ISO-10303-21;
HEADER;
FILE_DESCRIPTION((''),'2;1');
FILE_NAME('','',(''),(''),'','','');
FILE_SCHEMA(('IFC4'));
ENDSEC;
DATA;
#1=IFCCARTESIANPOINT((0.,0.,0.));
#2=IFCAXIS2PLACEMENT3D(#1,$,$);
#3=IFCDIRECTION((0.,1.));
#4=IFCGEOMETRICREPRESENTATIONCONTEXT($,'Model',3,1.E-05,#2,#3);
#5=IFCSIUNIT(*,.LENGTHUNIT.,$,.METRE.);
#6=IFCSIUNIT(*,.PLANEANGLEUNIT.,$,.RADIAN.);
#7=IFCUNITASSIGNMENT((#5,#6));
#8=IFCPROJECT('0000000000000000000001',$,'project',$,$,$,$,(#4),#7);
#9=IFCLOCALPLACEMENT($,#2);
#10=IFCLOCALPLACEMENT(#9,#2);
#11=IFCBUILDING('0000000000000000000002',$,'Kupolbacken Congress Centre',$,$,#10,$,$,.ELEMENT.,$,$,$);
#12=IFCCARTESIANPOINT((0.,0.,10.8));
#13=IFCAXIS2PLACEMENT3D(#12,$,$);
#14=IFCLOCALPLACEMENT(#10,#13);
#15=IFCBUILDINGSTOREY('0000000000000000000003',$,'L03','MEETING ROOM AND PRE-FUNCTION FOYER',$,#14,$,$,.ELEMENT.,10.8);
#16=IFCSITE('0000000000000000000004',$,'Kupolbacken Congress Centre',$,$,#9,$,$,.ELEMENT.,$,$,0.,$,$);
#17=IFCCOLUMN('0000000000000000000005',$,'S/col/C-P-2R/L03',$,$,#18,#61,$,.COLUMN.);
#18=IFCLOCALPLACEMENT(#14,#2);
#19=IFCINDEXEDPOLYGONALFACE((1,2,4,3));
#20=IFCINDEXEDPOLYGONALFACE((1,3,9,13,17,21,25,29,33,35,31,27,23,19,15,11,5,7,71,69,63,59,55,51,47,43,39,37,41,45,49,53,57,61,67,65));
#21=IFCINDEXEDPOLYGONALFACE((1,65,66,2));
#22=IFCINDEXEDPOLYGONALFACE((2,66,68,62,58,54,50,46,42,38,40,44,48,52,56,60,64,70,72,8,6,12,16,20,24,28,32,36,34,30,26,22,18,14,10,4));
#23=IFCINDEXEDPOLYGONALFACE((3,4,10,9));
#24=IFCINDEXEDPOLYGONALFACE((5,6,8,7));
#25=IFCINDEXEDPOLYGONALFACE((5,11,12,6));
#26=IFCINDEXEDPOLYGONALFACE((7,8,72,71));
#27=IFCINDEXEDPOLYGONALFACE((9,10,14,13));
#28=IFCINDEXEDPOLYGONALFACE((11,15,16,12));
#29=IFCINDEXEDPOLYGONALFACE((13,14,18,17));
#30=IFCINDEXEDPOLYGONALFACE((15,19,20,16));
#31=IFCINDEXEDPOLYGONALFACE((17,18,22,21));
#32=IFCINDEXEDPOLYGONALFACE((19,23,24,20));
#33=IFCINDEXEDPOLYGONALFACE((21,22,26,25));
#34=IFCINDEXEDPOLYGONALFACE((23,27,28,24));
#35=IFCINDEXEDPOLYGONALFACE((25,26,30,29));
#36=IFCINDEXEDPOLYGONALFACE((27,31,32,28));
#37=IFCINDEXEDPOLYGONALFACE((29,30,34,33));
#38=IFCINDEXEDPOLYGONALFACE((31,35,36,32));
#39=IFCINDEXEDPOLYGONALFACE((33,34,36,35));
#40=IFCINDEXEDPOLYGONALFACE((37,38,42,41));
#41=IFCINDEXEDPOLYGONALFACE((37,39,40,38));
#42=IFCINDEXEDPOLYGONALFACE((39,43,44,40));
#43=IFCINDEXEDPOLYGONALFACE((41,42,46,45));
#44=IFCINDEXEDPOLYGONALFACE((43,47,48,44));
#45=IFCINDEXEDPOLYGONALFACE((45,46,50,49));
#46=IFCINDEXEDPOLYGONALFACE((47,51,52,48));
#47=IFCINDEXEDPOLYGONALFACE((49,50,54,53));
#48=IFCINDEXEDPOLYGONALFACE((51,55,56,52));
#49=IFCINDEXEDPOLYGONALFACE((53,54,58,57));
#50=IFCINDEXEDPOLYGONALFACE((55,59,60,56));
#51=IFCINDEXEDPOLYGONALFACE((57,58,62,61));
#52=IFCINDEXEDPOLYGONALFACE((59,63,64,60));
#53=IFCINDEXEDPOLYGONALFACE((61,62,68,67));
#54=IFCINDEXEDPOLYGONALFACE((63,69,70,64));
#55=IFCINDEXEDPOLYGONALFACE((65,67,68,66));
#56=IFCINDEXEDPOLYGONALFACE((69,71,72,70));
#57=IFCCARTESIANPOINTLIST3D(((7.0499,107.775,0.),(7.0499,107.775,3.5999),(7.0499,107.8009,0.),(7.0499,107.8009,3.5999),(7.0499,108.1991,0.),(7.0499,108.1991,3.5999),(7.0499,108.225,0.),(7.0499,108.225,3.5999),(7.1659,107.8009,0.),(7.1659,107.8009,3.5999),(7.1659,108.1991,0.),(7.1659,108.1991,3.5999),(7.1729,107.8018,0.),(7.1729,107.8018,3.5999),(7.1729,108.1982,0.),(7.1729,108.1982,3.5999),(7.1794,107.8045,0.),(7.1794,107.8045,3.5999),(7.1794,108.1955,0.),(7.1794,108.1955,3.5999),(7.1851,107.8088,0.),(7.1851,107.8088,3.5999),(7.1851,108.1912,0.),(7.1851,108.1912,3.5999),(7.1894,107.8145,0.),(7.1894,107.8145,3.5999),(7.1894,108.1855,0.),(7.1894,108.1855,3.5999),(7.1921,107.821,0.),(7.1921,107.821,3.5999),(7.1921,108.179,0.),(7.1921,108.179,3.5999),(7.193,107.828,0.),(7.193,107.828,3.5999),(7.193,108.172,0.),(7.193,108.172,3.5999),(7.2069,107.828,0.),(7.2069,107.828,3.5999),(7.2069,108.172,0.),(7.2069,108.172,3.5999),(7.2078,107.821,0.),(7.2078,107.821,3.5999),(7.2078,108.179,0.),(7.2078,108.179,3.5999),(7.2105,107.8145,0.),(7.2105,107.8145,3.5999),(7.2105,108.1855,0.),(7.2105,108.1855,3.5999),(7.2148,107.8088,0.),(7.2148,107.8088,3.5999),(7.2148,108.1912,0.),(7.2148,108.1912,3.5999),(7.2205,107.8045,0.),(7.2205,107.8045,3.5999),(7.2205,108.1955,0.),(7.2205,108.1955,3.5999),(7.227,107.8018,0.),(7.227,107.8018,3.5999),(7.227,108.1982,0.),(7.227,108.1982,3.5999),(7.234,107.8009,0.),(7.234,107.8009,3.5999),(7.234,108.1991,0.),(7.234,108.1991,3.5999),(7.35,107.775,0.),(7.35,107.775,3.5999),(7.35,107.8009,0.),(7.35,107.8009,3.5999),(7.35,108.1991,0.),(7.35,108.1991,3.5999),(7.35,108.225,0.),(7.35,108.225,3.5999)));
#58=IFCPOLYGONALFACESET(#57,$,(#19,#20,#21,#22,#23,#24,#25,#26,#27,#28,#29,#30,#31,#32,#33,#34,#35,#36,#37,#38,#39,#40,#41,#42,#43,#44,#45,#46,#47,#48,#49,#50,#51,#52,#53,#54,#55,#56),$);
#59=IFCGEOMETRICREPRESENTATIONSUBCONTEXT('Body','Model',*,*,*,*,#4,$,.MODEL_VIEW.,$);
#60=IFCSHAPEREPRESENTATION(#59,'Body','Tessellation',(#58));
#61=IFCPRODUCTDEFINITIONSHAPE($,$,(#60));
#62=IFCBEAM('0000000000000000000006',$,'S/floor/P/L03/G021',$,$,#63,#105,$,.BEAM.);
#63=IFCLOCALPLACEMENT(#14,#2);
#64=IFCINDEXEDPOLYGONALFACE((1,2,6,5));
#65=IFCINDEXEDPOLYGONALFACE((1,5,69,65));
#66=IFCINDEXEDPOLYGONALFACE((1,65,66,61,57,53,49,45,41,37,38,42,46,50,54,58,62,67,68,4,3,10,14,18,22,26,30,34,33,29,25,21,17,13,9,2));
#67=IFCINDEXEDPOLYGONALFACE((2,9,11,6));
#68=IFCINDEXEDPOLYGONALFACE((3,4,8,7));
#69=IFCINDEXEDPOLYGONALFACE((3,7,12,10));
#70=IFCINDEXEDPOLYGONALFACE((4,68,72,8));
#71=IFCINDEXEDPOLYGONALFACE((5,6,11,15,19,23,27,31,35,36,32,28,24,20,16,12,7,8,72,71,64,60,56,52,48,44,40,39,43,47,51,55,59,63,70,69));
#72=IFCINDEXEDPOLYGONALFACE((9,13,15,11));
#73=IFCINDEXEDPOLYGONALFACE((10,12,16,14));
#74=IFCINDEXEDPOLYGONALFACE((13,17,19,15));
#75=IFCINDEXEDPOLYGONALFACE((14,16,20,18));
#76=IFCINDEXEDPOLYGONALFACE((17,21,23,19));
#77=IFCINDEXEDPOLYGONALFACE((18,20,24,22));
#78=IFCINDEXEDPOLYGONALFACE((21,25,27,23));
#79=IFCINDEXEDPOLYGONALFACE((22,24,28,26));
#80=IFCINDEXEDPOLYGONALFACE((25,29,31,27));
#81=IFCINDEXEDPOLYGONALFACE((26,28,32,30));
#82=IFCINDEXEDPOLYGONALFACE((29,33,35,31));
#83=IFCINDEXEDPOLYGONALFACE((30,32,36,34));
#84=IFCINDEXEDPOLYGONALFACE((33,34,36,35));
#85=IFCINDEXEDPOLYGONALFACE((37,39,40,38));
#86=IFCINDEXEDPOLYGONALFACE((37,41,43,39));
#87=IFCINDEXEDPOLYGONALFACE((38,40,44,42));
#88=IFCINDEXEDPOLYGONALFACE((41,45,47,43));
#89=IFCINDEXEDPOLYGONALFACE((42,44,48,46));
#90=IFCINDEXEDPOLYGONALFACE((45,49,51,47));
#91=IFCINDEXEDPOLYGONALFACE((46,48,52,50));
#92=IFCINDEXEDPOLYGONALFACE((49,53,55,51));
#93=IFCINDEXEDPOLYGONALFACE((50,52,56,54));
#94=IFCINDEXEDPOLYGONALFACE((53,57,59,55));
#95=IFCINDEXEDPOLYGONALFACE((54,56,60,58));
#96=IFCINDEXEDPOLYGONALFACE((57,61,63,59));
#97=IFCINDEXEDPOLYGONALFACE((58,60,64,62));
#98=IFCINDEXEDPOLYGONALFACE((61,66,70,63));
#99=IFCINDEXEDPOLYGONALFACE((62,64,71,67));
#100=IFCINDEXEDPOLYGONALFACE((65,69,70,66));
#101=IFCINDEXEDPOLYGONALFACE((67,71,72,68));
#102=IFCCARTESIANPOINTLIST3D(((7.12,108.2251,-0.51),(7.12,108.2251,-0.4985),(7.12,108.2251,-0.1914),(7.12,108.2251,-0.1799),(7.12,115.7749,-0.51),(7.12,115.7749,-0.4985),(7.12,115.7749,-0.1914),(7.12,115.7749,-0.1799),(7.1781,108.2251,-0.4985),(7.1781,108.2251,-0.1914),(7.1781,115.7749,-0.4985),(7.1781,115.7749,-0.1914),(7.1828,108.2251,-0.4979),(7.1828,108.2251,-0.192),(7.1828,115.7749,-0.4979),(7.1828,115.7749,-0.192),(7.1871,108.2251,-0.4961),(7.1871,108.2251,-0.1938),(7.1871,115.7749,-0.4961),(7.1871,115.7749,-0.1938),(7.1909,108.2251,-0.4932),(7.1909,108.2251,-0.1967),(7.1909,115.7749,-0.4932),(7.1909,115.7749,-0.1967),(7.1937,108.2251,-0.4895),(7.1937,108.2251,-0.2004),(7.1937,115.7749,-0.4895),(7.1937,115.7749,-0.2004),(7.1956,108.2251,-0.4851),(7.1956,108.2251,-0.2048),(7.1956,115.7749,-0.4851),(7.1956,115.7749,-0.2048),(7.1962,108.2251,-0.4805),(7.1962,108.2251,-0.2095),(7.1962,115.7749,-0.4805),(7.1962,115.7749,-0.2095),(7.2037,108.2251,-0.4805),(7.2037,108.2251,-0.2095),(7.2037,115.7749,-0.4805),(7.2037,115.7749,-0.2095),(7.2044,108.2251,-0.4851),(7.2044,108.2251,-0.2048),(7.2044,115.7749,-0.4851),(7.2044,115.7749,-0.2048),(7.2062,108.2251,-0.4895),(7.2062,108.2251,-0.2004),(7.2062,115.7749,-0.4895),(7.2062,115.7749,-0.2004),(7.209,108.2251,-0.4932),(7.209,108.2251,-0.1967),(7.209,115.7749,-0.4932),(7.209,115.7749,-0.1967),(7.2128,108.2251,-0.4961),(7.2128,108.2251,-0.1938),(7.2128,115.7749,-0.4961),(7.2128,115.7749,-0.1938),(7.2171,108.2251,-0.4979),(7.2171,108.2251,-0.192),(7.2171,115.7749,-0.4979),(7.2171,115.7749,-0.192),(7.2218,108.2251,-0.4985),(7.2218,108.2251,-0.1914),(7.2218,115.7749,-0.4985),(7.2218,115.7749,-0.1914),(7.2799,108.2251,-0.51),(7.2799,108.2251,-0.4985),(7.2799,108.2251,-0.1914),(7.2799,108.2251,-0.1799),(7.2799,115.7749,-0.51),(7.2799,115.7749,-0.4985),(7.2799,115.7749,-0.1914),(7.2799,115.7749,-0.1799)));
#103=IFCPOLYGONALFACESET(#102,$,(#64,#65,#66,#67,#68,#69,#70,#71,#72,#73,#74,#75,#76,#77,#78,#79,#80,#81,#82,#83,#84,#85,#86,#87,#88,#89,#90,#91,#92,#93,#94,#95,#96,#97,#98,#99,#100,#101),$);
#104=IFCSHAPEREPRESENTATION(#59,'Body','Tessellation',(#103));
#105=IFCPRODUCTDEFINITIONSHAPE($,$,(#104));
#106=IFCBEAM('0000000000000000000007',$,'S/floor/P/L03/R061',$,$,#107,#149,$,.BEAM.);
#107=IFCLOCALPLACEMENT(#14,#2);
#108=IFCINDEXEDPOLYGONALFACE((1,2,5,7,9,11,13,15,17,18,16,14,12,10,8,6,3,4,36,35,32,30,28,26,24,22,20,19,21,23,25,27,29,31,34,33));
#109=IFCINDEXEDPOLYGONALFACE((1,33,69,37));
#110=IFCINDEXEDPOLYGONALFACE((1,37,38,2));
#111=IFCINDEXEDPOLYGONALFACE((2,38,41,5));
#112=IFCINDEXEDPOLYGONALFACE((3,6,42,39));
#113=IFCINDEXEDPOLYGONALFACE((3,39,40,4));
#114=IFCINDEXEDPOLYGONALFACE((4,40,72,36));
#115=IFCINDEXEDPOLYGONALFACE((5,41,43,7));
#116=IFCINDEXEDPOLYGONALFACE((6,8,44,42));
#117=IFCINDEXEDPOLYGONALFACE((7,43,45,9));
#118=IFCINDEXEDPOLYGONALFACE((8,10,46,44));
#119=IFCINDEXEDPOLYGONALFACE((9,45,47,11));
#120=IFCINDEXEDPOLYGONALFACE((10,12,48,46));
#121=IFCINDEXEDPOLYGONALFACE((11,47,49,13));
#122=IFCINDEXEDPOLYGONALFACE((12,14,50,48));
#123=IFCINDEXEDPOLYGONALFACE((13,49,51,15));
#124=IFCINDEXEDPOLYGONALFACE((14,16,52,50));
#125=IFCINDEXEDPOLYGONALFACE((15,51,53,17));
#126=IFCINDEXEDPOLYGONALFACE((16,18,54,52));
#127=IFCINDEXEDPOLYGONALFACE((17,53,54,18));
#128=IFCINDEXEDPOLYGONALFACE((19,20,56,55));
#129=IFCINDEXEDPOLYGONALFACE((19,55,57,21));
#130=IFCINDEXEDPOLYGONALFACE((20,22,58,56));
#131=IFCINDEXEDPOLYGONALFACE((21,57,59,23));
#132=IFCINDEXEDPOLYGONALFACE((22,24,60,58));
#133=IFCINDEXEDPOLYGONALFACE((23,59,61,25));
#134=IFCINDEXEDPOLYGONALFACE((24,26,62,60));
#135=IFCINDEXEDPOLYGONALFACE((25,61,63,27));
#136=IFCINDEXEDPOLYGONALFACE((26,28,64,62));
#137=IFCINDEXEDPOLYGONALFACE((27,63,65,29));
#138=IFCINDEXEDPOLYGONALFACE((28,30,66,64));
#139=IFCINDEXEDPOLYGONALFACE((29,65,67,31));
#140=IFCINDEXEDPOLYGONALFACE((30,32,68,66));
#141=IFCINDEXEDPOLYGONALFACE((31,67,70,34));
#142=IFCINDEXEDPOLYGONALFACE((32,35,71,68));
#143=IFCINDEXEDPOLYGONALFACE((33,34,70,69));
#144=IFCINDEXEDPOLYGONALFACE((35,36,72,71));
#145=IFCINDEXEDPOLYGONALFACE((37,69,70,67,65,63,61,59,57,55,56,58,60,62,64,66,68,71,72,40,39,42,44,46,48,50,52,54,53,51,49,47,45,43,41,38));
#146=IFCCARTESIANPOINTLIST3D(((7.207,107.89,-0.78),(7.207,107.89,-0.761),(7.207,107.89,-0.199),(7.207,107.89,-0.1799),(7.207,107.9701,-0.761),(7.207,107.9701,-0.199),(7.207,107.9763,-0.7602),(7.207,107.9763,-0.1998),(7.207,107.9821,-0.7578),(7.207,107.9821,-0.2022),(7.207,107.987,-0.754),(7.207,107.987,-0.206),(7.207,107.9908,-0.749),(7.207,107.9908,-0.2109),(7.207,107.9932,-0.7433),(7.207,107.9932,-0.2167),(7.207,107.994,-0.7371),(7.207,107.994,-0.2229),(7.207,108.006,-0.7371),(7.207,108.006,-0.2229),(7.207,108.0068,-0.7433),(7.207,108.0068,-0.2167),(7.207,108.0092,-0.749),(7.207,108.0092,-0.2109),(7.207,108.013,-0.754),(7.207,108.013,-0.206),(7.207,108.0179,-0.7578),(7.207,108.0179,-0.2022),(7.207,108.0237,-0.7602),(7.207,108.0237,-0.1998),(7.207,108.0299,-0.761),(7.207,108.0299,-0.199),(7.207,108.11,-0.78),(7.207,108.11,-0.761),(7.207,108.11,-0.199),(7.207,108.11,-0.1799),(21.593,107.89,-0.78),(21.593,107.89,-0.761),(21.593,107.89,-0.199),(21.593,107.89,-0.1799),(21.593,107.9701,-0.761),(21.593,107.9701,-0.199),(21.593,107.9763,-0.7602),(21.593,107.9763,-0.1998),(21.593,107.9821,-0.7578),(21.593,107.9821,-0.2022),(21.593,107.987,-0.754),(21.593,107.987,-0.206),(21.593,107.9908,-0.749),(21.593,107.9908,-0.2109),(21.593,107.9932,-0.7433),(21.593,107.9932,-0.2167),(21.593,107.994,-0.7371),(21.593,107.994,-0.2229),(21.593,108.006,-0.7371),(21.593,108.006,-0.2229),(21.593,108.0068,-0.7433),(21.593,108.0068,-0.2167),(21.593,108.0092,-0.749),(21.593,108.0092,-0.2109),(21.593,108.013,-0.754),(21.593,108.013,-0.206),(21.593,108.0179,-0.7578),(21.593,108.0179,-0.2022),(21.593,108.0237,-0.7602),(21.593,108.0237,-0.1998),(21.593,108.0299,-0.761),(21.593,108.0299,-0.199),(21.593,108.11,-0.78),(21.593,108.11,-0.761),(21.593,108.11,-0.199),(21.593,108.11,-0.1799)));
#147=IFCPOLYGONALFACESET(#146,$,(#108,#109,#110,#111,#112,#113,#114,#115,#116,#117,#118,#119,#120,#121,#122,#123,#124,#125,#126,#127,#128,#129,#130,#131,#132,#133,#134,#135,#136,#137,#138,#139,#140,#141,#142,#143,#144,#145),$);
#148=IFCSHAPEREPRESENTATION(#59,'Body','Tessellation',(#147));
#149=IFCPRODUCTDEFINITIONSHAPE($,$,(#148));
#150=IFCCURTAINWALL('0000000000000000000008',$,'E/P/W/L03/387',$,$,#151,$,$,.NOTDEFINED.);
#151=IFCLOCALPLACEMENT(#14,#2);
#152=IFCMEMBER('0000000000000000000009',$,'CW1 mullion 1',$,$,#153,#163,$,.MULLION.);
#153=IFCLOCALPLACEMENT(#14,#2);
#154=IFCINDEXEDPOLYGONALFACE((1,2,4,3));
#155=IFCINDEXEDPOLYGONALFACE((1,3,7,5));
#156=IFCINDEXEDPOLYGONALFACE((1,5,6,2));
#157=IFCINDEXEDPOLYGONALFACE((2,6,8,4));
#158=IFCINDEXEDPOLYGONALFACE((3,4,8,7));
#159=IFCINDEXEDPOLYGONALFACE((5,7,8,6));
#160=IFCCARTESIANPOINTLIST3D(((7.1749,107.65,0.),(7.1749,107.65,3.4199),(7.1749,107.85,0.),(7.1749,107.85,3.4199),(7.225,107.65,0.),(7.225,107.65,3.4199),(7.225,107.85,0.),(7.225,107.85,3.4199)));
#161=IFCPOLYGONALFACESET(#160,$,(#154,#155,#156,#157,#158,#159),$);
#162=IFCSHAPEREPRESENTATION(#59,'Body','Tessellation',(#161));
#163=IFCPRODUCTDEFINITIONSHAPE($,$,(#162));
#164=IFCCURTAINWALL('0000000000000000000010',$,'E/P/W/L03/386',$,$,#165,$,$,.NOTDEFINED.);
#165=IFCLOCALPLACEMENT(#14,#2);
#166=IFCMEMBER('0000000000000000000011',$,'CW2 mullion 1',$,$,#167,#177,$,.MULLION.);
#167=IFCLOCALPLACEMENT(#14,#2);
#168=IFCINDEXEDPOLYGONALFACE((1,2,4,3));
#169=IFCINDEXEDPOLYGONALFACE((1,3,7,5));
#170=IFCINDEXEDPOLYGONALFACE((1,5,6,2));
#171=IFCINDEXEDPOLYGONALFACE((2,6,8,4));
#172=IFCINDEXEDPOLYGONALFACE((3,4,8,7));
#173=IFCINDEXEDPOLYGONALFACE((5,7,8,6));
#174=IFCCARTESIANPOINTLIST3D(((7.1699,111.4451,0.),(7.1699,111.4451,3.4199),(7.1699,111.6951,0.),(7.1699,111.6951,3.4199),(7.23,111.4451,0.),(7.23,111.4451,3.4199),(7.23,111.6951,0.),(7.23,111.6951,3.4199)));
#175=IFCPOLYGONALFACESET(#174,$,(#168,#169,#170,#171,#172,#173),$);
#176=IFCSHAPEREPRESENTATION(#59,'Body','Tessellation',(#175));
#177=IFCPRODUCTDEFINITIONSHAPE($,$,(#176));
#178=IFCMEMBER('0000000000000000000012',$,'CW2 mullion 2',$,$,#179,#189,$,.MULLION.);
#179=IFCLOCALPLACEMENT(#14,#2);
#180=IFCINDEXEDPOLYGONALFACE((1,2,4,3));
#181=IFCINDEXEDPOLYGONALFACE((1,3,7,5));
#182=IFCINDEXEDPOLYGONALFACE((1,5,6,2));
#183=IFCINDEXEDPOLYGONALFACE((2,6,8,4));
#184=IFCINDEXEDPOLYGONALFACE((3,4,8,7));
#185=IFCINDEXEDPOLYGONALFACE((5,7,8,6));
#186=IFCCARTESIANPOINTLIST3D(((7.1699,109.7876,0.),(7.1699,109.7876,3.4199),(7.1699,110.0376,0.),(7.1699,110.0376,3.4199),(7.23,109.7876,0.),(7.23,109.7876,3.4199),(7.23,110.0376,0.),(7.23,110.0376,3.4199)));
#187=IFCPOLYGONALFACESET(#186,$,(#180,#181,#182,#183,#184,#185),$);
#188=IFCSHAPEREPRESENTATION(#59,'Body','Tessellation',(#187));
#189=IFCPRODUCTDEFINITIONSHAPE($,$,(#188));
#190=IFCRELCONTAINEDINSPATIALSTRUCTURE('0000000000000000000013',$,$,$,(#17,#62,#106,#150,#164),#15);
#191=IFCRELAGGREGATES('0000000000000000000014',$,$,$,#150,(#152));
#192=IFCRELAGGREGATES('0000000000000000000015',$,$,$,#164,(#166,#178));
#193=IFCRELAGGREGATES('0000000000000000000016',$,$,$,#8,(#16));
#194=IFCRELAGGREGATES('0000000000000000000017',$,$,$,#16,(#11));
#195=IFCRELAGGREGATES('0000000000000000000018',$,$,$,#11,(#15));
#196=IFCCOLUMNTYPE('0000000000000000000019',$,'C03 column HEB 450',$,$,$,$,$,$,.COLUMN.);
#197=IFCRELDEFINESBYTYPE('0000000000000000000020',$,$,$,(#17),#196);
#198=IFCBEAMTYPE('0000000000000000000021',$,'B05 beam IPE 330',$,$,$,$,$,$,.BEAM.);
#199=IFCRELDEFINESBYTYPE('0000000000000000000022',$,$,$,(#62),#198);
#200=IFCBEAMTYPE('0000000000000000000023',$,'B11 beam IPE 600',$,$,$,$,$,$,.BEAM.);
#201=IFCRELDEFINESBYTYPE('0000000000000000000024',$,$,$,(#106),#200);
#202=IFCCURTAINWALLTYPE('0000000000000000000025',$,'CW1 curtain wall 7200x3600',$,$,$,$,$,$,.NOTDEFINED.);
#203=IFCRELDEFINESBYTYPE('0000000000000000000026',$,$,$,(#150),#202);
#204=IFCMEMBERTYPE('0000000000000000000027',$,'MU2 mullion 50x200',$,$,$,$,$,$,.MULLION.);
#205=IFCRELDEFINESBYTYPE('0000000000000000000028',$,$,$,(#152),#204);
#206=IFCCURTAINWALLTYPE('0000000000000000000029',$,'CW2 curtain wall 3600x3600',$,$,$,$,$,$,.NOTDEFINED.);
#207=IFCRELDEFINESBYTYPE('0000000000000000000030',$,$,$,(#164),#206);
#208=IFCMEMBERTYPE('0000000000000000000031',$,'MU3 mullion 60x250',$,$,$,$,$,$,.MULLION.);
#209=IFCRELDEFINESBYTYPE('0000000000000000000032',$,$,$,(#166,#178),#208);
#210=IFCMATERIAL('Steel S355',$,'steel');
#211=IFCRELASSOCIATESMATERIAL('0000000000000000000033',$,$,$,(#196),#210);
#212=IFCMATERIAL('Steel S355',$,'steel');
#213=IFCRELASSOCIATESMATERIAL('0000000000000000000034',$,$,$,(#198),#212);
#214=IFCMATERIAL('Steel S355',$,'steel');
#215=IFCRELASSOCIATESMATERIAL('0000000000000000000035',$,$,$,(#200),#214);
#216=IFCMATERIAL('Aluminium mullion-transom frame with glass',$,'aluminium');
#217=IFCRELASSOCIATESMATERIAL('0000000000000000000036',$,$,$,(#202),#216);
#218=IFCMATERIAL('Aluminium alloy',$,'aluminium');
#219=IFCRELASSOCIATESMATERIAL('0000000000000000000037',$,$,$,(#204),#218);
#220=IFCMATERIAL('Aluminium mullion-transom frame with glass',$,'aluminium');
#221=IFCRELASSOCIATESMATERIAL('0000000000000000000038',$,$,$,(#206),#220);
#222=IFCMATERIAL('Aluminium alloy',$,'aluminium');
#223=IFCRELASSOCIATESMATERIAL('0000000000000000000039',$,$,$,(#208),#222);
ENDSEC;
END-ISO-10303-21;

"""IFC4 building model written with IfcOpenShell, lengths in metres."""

from ifc_helpers import new_model, si_unit, direction, frame, origin, origin_2d, place, context, subcontext, project, spatial, rectangle, i_section, extrude, material, material_profile, profile_set, type_object, element, aggregate, save


model = new_model("IFC4")

# Units and contexts
model_context = context("Model", 3, precision=1e-05, world=origin(), true_north=direction((0.0, 1.0)))
body_context = subcontext(model_context, "Body", "Model", "MODEL_VIEW")
ifc_project = project(units=[si_unit("LENGTHUNIT", "METRE"), si_unit("PLANEANGLEUNIT", "RADIAN")], contexts=[model_context])

# Site, building, storey
site_placement = place(None, origin())
site = spatial("IfcSite", under=ifc_project, at=site_placement, Name="Kupolbacken Congress Centre", CompositionType="ELEMENT", RefElevation=0.0)
building_placement = place(site_placement, origin())
building = spatial("IfcBuilding", under=site, at=building_placement, Name="Kupolbacken Congress Centre", CompositionType="ELEMENT")
storey_placement = place(building_placement, frame((0.0, 0.0, 10.8)))
storey = spatial("IfcBuildingStorey", under=building, at=storey_placement, Name="L03", Description="MEETING ROOM AND PRE-FUNCTION FOYER", CompositionType="ELEMENT", Elevation=10.8)

# Column
ifc_material_1 = material(Name="Steel S355", Category="steel")
ifc_material_profile_1 = material_profile(ifc_material_1, i_section(OverallWidth=0.3, OverallDepth=0.45, WebThickness=0.0139, FlangeThickness=0.0259, FilletRadius=0.0271, at=origin_2d()), Name="HEB 450")
ifc_profile_set_1 = profile_set([ifc_material_profile_1], Name="Steel S355")
column_type = type_object("IfcColumnType", Name="C03 column HEB 450", PredefinedType="COLUMN", material=ifc_profile_set_1)
column_placement = place(storey_placement, frame((7.2, 108.0, 0.0), z_axis=(0.0, 0.0, 1.0), x_axis=(1.0, 0.0, 0.0)))
element("IfcColumn", 1, at=column_placement, inside=storey, type_object=column_type, Name="S/col/C-P-2R/L03", PredefinedType="COLUMN", context=body_context, shape_type="SweptSolid", body=[
    extrude(i_section(OverallWidth=0.3, OverallDepth=0.45, WebThickness=0.0139, FlangeThickness=0.0259, FilletRadius=0.0271, at=origin_2d()), origin(), (0.0, 0.0, 1.0), 3.5999),
])

# Beams
ifc_material_2 = material(Name="Steel S355", Category="steel")
ifc_material_profile_2 = material_profile(ifc_material_2, i_section(OverallWidth=0.1599, OverallDepth=0.3301, WebThickness=0.0076, FlangeThickness=0.0115, FilletRadius=0.0181, at=origin_2d()), Name="IPE 330")
ifc_profile_set_2 = profile_set([ifc_material_profile_2], Name="Steel S355")
beam_type_1 = type_object("IfcBeamType", Name="B05 beam IPE 330", PredefinedType="BEAM", material=ifc_profile_set_2)
beam_1_placement = place(storey_placement, frame((7.2, 108.2251, -0.345), z_axis=(0.0, 1.0, 0.0), x_axis=(-1.0, 0.0, 0.0)))
element("IfcBeam", 2, at=beam_1_placement, inside=storey, type_object=beam_type_1, Name="S/floor/P/L03/G021", PredefinedType="BEAM", context=body_context, shape_type="SweptSolid", body=[
    extrude(i_section(OverallWidth=0.1599, OverallDepth=0.3301, WebThickness=0.0076, FlangeThickness=0.0115, FilletRadius=0.0181, at=origin_2d()), origin(), (0.0, 0.0, 1.0), 7.5498),
])
ifc_material_3 = material(Name="Steel S355", Category="steel")
ifc_material_profile_3 = material_profile(ifc_material_3, i_section(OverallWidth=0.22, OverallDepth=0.6001, WebThickness=0.012, FlangeThickness=0.019, FilletRadius=0.0239, at=origin_2d()), Name="IPE 600")
ifc_profile_set_3 = profile_set([ifc_material_profile_3], Name="Steel S355")
beam_type_2 = type_object("IfcBeamType", Name="B11 beam IPE 600", PredefinedType="BEAM", material=ifc_profile_set_3)
beam_2_placement = place(storey_placement, frame((7.207, 108.0, -0.48), z_axis=(1.0, 0.0, 0.0), x_axis=(0.0, 1.0, 0.0)))
element("IfcBeam", 3, at=beam_2_placement, inside=storey, type_object=beam_type_2, Name="S/floor/P/L03/R061", PredefinedType="BEAM", context=body_context, shape_type="SweptSolid", body=[
    extrude(i_section(OverallWidth=0.22, OverallDepth=0.6001, WebThickness=0.012, FlangeThickness=0.019, FilletRadius=0.0239, at=origin_2d()), origin(), (0.0, 0.0, 1.0), 14.386),
])

# Curtain wall, member
ifc_material_4 = material(Name="Aluminium mullion-transom frame with glass", Category="aluminium")
curtain_wall_type_1 = type_object("IfcCurtainWallType", Name="CW1 curtain wall 7200x3600", PredefinedType="NOTDEFINED", material=ifc_material_4)
curtain_wall_1_placement = place(storey_placement, origin())
curtain_wall_1 = element("IfcCurtainWall", 4, at=curtain_wall_1_placement, inside=storey, type_object=curtain_wall_type_1, Name="E/P/W/L03/387", PredefinedType="NOTDEFINED")
ifc_material_5 = material(Name="Aluminium alloy", Category="aluminium")
ifc_material_profile_4 = material_profile(ifc_material_5, rectangle(XDim=0.05, YDim=0.2, at=origin_2d()), Name="50 x 200")
ifc_profile_set_4 = profile_set([ifc_material_profile_4], Name="Aluminium alloy")
member_type_1 = type_object("IfcMemberType", Name="MU2 mullion 50x200", PredefinedType="MULLION", material=ifc_profile_set_4)
member_1_placement = place(storey_placement, frame((7.2, 107.75, 0.0), z_axis=(0.0, 0.0, 1.0), x_axis=(1.0, 0.0, 0.0)))
member_1 = element("IfcMember", 5, at=member_1_placement, type_object=member_type_1, Name="CW1 mullion 1", PredefinedType="MULLION", context=body_context, shape_type="SweptSolid", body=[
    extrude(rectangle(XDim=0.05, YDim=0.2, at=origin_2d()), origin(), (0.0, 0.0, 1.0), 3.4199),
])

# Curtain wall, members
ifc_material_6 = material(Name="Aluminium mullion-transom frame with glass", Category="aluminium")
curtain_wall_type_2 = type_object("IfcCurtainWallType", Name="CW2 curtain wall 3600x3600", PredefinedType="NOTDEFINED", material=ifc_material_6)
curtain_wall_2_placement = place(storey_placement, origin())
curtain_wall_2 = element("IfcCurtainWall", 6, at=curtain_wall_2_placement, inside=storey, type_object=curtain_wall_type_2, Name="E/P/W/L03/386", PredefinedType="NOTDEFINED")
ifc_material_7 = material(Name="Aluminium alloy", Category="aluminium")
ifc_material_profile_5 = material_profile(ifc_material_7, rectangle(XDim=0.0601, YDim=0.25, at=origin_2d()), Name="60 x 250")
ifc_profile_set_5 = profile_set([ifc_material_profile_5], Name="Aluminium alloy")
member_type_2 = type_object("IfcMemberType", Name="MU3 mullion 60x250", PredefinedType="MULLION", material=ifc_profile_set_5)
member_2_placement = place(storey_placement, frame((7.2, 111.5701, 0.0), z_axis=(0.0, 0.0, 1.0), x_axis=(1.0, 0.0, 0.0)))
member_2 = element("IfcMember", 7, at=member_2_placement, type_object=member_type_2, Name="CW2 mullion 1", PredefinedType="MULLION", context=body_context, shape_type="SweptSolid", body=[
    extrude(rectangle(XDim=0.0601, YDim=0.25, at=origin_2d()), origin(), (0.0, 0.0, 1.0), 3.4199),
])
member_3_placement = place(storey_placement, frame((7.2, 109.9126, 0.0), z_axis=(0.0, 0.0, 1.0), x_axis=(1.0, 0.0, 0.0)))
member_3 = element("IfcMember", 8, at=member_3_placement, type_object=member_type_2, Name="CW2 mullion 2", PredefinedType="MULLION", context=body_context, shape_type="SweptSolid", body=[
    extrude(rectangle(XDim=0.0601, YDim=0.25, at=origin_2d()), origin(), (0.0, 0.0, 1.0), 3.4199),
])

aggregate(curtain_wall_1, [member_1])

aggregate(curtain_wall_2, [member_2, member_3])

save(model, "model.ifc")
